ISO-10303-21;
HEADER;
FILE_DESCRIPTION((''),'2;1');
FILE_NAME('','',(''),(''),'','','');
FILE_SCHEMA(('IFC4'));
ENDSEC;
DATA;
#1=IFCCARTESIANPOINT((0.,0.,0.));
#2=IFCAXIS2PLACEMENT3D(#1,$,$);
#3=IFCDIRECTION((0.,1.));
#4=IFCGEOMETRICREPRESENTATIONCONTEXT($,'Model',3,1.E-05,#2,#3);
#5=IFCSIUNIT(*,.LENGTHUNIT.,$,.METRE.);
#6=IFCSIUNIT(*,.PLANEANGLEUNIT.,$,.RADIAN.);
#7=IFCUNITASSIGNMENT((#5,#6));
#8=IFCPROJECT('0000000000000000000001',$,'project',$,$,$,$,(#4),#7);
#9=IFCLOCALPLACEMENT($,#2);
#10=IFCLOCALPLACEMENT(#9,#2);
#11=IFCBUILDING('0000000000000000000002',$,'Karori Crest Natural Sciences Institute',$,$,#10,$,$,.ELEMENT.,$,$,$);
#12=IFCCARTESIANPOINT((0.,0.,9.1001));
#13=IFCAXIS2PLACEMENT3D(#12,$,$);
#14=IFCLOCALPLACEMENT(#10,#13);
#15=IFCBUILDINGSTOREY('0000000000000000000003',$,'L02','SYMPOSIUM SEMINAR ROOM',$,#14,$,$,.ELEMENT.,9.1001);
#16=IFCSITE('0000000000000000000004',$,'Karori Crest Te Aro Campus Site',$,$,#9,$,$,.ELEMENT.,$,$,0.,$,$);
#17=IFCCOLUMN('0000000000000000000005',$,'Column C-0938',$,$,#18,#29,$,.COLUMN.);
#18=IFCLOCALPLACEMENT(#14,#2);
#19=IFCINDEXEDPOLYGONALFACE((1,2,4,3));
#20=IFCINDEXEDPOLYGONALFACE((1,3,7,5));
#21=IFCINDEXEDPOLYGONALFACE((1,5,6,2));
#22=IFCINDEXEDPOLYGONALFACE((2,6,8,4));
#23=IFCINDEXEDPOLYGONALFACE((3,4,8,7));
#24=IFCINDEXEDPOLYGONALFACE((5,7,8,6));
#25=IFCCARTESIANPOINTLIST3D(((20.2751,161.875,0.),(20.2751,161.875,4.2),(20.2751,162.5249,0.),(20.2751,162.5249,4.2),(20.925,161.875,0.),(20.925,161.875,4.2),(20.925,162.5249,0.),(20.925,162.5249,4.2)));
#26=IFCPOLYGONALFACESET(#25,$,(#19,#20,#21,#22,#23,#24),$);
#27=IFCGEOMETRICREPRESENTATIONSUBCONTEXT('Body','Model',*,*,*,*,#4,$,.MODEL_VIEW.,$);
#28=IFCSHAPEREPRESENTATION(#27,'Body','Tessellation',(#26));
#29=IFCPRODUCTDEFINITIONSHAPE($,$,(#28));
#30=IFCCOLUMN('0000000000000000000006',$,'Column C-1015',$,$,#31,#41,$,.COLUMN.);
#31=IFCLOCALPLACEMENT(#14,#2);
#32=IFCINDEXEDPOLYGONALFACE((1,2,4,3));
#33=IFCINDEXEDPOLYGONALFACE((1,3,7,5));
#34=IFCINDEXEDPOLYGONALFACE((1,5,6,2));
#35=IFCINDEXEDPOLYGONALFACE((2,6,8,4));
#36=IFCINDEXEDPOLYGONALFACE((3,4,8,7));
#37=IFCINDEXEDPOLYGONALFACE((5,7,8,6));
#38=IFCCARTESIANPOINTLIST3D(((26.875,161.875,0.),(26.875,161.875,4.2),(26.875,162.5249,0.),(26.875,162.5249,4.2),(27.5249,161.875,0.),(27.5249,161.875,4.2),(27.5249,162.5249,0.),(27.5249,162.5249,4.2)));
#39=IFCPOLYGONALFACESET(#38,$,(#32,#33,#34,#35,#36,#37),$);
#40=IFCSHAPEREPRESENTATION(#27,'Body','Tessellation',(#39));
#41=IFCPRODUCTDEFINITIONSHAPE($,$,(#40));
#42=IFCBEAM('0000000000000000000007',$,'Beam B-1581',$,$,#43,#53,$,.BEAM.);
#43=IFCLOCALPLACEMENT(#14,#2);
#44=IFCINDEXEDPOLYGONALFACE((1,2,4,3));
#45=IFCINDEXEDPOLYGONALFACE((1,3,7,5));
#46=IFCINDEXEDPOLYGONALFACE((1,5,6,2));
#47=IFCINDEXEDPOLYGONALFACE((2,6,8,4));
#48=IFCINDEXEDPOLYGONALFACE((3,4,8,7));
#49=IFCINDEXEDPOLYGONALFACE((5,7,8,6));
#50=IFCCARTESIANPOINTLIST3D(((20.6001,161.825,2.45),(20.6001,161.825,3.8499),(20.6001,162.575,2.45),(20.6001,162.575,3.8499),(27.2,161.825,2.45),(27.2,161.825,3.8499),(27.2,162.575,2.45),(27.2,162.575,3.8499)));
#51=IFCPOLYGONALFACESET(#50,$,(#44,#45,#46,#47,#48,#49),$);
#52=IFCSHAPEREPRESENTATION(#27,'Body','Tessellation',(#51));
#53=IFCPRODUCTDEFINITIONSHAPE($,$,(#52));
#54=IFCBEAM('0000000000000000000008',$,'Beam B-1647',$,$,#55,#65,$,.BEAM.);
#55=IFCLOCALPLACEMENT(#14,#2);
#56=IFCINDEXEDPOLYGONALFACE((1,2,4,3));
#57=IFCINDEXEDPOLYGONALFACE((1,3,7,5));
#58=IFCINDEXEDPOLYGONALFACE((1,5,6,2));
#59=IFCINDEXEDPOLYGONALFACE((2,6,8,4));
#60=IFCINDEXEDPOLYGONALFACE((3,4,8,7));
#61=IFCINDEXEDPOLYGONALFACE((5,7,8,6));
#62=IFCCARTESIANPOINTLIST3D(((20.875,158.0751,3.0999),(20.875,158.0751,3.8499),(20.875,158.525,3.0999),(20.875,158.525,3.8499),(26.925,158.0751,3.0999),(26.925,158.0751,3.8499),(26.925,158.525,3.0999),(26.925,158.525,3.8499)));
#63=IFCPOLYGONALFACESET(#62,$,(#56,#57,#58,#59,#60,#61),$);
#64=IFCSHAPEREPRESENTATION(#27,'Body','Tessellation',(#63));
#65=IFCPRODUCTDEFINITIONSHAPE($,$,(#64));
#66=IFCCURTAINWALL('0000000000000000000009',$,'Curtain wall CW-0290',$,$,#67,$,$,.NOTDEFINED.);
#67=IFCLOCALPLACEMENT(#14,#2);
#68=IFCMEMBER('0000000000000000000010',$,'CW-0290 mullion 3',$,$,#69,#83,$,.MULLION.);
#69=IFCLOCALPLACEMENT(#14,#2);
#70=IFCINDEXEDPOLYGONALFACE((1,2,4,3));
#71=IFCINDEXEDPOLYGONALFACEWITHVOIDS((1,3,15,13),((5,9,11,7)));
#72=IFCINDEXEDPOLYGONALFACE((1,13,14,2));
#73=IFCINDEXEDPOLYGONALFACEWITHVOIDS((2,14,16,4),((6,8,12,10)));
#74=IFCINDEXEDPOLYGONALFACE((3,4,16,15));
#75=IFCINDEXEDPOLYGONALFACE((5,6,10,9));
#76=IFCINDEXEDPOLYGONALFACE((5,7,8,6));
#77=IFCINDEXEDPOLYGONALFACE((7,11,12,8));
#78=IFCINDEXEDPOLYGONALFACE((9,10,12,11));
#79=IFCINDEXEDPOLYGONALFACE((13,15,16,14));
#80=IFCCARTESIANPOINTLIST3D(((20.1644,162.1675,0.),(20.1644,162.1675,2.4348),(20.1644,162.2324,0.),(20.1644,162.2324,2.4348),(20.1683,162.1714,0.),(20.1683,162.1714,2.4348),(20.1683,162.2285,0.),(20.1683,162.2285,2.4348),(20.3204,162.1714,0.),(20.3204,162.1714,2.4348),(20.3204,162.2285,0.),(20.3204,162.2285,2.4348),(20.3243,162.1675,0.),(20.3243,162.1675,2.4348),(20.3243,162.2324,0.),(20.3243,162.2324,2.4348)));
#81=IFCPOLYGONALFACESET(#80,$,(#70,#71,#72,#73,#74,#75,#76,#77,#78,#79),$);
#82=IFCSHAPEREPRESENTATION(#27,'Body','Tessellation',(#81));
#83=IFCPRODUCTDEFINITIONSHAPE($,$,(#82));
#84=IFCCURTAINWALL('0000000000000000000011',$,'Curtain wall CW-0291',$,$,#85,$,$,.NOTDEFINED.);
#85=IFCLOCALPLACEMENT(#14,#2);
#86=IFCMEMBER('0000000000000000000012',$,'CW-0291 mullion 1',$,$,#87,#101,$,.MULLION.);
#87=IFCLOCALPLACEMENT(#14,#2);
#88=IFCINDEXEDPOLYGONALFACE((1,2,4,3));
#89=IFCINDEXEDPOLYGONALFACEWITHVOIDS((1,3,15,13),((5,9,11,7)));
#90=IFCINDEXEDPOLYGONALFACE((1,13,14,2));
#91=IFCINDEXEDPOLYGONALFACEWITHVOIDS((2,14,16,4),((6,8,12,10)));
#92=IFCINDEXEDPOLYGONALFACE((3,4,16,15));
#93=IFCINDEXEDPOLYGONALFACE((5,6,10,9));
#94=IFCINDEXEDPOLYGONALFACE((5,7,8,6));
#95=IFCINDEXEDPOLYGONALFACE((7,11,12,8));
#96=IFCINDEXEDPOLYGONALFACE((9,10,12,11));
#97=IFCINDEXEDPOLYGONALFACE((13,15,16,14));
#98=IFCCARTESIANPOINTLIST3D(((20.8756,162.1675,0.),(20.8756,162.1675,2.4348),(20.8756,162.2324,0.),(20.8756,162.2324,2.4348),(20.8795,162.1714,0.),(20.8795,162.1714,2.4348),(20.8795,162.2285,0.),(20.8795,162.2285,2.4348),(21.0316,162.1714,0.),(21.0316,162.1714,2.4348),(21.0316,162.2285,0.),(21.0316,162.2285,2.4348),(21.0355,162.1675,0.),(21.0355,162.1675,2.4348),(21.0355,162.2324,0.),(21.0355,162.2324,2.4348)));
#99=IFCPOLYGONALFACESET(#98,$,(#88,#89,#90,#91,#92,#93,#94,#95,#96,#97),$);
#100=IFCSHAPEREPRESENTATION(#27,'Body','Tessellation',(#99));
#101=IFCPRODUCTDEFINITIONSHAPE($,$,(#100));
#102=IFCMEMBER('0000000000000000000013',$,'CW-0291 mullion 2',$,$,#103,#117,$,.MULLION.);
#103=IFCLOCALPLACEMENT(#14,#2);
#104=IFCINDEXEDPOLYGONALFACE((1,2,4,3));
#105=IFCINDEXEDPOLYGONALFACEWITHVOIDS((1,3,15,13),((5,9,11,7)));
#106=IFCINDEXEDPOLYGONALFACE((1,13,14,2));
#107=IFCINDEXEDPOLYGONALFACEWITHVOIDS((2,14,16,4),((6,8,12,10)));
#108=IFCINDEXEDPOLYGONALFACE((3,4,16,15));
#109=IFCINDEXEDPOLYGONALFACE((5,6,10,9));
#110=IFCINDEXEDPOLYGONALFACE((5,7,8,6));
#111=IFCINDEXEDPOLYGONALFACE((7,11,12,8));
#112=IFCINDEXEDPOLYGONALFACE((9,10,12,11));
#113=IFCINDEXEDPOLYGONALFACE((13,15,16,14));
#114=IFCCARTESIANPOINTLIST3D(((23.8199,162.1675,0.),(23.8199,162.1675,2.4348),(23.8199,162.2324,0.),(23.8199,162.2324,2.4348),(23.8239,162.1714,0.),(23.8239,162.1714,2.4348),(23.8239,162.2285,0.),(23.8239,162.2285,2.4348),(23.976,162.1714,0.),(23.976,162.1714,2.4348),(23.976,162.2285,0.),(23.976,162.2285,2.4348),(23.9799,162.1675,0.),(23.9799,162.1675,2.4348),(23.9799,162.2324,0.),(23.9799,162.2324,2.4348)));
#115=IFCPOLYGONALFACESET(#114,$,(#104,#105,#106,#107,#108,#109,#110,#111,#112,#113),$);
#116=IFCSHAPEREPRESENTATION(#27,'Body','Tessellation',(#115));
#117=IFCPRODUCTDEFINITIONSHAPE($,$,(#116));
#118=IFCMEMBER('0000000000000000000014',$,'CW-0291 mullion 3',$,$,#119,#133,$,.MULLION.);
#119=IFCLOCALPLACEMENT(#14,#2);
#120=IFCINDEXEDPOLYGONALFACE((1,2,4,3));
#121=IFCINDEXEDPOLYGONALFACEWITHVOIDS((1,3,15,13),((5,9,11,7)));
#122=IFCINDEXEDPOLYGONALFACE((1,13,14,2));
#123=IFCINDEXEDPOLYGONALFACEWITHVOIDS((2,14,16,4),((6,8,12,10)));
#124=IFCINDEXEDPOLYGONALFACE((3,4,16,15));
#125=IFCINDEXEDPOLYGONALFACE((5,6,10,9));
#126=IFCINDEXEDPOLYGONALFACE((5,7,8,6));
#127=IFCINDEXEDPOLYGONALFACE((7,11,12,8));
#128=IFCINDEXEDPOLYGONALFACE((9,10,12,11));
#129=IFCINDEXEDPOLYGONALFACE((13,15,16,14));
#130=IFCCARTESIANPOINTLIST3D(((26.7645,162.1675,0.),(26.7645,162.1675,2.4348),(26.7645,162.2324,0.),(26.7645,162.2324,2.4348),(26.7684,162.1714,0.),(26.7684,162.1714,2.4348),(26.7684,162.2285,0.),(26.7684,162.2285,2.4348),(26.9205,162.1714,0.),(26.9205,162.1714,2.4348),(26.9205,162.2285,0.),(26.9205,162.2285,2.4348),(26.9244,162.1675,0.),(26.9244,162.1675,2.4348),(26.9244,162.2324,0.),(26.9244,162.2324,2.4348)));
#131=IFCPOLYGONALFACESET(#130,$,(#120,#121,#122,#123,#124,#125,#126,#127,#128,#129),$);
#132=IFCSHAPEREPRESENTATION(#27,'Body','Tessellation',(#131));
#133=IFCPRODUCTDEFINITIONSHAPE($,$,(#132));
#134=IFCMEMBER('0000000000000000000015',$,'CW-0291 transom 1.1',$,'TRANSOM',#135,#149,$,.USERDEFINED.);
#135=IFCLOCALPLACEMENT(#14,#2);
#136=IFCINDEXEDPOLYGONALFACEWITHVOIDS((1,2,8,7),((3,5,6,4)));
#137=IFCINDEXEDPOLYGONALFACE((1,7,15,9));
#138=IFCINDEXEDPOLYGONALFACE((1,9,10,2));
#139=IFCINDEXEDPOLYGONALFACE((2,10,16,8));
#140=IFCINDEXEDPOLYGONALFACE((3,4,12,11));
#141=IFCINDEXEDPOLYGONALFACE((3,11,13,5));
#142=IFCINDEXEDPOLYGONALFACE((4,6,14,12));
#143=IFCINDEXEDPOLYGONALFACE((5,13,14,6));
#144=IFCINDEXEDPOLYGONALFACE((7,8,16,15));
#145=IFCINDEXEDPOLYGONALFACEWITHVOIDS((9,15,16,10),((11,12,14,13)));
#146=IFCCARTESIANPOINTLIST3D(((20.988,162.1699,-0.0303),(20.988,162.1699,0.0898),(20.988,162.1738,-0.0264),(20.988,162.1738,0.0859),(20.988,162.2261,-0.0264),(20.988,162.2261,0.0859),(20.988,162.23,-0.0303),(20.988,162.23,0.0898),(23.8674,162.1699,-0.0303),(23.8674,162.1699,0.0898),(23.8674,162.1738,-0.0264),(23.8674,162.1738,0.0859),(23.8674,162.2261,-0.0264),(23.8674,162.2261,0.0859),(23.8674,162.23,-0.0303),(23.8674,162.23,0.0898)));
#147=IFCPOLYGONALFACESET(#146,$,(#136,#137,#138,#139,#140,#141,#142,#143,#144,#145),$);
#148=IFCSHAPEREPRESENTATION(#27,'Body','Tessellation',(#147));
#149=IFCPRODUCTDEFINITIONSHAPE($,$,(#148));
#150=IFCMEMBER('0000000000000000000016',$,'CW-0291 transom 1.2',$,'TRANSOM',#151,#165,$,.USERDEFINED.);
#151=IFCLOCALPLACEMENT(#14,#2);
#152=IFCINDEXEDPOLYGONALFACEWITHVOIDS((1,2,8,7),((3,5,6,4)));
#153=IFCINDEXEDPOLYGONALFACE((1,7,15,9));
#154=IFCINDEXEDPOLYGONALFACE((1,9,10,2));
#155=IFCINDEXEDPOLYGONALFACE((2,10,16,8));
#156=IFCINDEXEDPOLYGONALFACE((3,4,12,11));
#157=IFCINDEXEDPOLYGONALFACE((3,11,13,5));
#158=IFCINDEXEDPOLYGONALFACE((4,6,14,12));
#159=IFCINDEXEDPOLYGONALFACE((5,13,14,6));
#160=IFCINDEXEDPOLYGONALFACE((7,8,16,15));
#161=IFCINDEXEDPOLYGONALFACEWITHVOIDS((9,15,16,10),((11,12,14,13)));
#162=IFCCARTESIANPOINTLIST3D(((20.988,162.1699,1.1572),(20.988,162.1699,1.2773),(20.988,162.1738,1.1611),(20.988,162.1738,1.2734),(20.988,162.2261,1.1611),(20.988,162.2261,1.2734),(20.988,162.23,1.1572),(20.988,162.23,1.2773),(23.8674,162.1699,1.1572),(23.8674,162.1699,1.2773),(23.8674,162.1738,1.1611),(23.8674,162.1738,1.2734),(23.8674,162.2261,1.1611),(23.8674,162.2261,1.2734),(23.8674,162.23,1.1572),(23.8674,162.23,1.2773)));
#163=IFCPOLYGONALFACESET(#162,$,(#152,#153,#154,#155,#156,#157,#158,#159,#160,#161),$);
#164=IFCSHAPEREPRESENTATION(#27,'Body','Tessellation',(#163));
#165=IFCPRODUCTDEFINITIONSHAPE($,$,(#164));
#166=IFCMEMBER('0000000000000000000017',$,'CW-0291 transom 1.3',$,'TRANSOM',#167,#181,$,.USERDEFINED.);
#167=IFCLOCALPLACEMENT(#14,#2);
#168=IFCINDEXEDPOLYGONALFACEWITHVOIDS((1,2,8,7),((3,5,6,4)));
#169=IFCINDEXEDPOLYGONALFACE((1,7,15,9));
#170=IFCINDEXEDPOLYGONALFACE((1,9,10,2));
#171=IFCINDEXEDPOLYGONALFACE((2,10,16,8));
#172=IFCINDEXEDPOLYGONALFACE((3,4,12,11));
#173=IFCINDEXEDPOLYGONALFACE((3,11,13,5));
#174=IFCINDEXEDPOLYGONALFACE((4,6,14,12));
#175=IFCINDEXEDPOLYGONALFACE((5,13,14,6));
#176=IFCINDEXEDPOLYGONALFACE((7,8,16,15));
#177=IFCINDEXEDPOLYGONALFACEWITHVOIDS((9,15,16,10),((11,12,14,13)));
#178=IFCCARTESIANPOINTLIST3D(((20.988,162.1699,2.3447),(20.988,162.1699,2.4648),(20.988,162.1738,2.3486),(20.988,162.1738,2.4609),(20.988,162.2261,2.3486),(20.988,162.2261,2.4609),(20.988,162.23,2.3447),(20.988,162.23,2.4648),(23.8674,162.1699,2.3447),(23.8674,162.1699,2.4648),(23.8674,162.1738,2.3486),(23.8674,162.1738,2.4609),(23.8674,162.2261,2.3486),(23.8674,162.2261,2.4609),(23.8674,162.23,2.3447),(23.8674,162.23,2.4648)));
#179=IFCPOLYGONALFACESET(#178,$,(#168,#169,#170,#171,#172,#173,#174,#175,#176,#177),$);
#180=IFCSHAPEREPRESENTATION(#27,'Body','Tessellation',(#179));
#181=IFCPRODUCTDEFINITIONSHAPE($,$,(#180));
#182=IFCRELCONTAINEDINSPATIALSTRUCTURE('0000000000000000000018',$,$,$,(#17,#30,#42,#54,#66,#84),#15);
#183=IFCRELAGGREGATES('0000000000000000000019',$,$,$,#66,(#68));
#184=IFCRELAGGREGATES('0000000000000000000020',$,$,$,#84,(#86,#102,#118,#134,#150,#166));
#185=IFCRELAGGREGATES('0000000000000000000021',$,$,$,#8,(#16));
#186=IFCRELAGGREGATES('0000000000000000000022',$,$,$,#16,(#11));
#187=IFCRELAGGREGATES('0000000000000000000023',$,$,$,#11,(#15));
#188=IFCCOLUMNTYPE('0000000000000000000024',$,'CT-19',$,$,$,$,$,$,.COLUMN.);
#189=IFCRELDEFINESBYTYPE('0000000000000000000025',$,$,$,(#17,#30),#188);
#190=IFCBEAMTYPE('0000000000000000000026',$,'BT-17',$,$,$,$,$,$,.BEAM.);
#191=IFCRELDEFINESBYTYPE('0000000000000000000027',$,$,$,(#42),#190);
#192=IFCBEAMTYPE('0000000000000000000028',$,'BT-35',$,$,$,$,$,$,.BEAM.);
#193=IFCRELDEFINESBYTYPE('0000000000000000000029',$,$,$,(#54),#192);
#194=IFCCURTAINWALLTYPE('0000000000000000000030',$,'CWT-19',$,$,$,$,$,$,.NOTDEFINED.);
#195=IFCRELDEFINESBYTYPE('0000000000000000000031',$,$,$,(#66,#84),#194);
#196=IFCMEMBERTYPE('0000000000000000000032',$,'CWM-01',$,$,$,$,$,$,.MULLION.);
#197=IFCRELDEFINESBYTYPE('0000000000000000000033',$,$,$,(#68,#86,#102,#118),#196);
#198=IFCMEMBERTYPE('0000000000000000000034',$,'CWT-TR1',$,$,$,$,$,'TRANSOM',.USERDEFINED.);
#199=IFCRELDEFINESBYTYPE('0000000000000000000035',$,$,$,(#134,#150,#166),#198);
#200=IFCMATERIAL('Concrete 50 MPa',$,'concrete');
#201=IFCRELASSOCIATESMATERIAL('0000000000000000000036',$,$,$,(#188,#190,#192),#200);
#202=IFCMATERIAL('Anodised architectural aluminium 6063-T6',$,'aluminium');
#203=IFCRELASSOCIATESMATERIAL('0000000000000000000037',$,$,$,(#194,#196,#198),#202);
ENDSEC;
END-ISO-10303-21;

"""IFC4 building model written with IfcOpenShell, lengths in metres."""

from ifc_helpers import new_model, si_unit, direction, frame, origin, origin_2d, place, context, subcontext, project, spatial, rectangle, hollow_rectangle, extrude, material, material_profile, profile_set, type_object, element, aggregate, save


model = new_model("IFC4")

# Units and contexts
model_context = context("Model", 3, precision=1e-05, world=origin(), true_north=direction((0.0, 1.0)))
body_context = subcontext(model_context, "Body", "Model", "MODEL_VIEW")
ifc_project = project(units=[si_unit("LENGTHUNIT", "METRE"), si_unit("PLANEANGLEUNIT", "RADIAN")], contexts=[model_context])

# Site, building, storey
site_placement = place(None, origin())
site = spatial("IfcSite", under=ifc_project, at=site_placement, Name="Karori Crest Te Aro Campus Site", CompositionType="ELEMENT", RefElevation=0.0)
building_placement = place(site_placement, origin())
building = spatial("IfcBuilding", under=site, at=building_placement, Name="Karori Crest Natural Sciences Institute", CompositionType="ELEMENT")
storey_placement = place(building_placement, frame((0.0, 0.0, 9.1001)))
storey = spatial("IfcBuildingStorey", under=building, at=storey_placement, Name="L02", Description="SYMPOSIUM SEMINAR ROOM", CompositionType="ELEMENT", Elevation=9.1001)

# Columns
ifc_material_1 = material(Name="Concrete 50 MPa", Category="concrete")
ifc_material_profile_1 = material_profile(ifc_material_1, rectangle(XDim=0.6499, YDim=0.6499, at=origin_2d()), Name="RC650x650")
ifc_profile_set_1 = profile_set([ifc_material_profile_1], Name="Concrete 50 MPa")
column_type = type_object("IfcColumnType", Name="CT-19", PredefinedType="COLUMN", material=ifc_profile_set_1)
for number, where, z_axis, x_axis, name in (
    (1, (20.6001, 162.2, 0.0), (0.0, 0.0, 1.0), (1.0, 0.0, 0.0), "Column C-0938"),
    (2, (27.2, 162.2, 0.0), (0.0, 0.0, 1.0), (1.0, 0.0, 0.0), "Column C-1015"),
):
    element("IfcColumn", number, at=place(storey_placement, frame(where, z_axis=z_axis, x_axis=x_axis)), inside=storey, type_object=column_type, Name=name, PredefinedType="COLUMN", context=body_context, shape_type="SweptSolid", body=[
        extrude(rectangle(XDim=0.6499, YDim=0.6499, at=origin_2d()), origin(), (0.0, 0.0, 1.0), 4.2),
    ])

# Beams
ifc_material_profile_2 = material_profile(ifc_material_1, rectangle(XDim=0.75, YDim=1.3999, at=origin_2d()), Name="RCB750x1400")
ifc_profile_set_2 = profile_set([ifc_material_profile_2], Name="Concrete 50 MPa")
beam_type_1 = type_object("IfcBeamType", Name="BT-17", PredefinedType="BEAM", material=ifc_profile_set_2)
beam_1_placement = place(storey_placement, frame((20.6001, 162.2, 3.1499), z_axis=(1.0, 0.0, 0.0), x_axis=(0.0, 1.0, 0.0)))
element("IfcBeam", 3, at=beam_1_placement, inside=storey, type_object=beam_type_1, Name="Beam B-1581", PredefinedType="BEAM", context=body_context, shape_type="SweptSolid", body=[
    extrude(rectangle(XDim=0.75, YDim=1.3999, at=origin_2d()), origin(), (0.0, 0.0, 1.0), 6.5999),
])
ifc_material_profile_3 = material_profile(ifc_material_1, rectangle(XDim=0.45, YDim=0.75, at=origin_2d()), Name="RCB450x750")
ifc_profile_set_3 = profile_set([ifc_material_profile_3], Name="Concrete 50 MPa")
beam_type_2 = type_object("IfcBeamType", Name="BT-35", PredefinedType="BEAM", material=ifc_profile_set_3)
beam_2_placement = place(storey_placement, frame((20.875, 158.3, 3.4749), z_axis=(1.0, 0.0, 0.0), x_axis=(0.0, 1.0, 0.0)))
element("IfcBeam", 4, at=beam_2_placement, inside=storey, type_object=beam_type_2, Name="Beam B-1647", PredefinedType="BEAM", context=body_context, shape_type="SweptSolid", body=[
    extrude(rectangle(XDim=0.45, YDim=0.75, at=origin_2d()), origin(), (0.0, 0.0, 1.0), 6.05),
])

# Curtain wall, member
ifc_material_2 = material(Name="Anodised architectural aluminium 6063-T6", Category="aluminium")
curtain_wall_type = type_object("IfcCurtainWallType", Name="CWT-19", PredefinedType="NOTDEFINED", material=ifc_material_2)
curtain_wall_1_placement = place(storey_placement, origin())
curtain_wall_1 = element("IfcCurtainWall", 5, at=curtain_wall_1_placement, inside=storey, type_object=curtain_wall_type, Name="Curtain wall CW-0290", PredefinedType="NOTDEFINED")
ifc_material_profile_4 = material_profile(ifc_material_2, hollow_rectangle(XDim=0.0649, YDim=0.1599, WallThickness=0.0039, at=origin_2d()), Name="CWM160x65x4")
ifc_profile_set_4 = profile_set([ifc_material_profile_4], Name="Anodised architectural aluminium 6063-T6")
member_type_1 = type_object("IfcMemberType", Name="CWM-01", PredefinedType="MULLION", material=ifc_profile_set_4)
member_1_placement = place(storey_placement, frame((20.2444, 162.2, 0.0), z_axis=(0.0, 0.0, 1.0), x_axis=(0.0, 1.0, 0.0)))
member_1 = element("IfcMember", 6, at=member_1_placement, type_object=member_type_1, Name="CW-0290 mullion 3", PredefinedType="MULLION", context=body_context, shape_type="SweptSolid", body=[
    extrude(hollow_rectangle(XDim=0.0649, YDim=0.1599, WallThickness=0.0039, at=origin_2d()), origin(), (0.0, 0.0, 1.0), 2.4348),
])

# Curtain wall, members
curtain_wall_2_placement = place(storey_placement, origin())
curtain_wall_2 = element("IfcCurtainWall", 7, at=curtain_wall_2_placement, inside=storey, type_object=curtain_wall_type, Name="Curtain wall CW-0291", PredefinedType="NOTDEFINED")
member_2_placement = place(storey_placement, frame((20.9556, 162.2, 0.0), z_axis=(0.0, 0.0, 1.0), x_axis=(0.0, 1.0, 0.0)))
member_2 = element("IfcMember", 8, at=member_2_placement, type_object=member_type_1, Name="CW-0291 mullion 1", PredefinedType="MULLION", context=body_context, shape_type="SweptSolid", body=[
    extrude(hollow_rectangle(XDim=0.0649, YDim=0.1599, WallThickness=0.0039, at=origin_2d()), origin(), (0.0, 0.0, 1.0), 2.4348),
])
member_3_placement = place(storey_placement, frame((23.8999, 162.2, 0.0), z_axis=(0.0, 0.0, 1.0), x_axis=(0.0, 1.0, 0.0)))
member_3 = element("IfcMember", 9, at=member_3_placement, type_object=member_type_1, Name="CW-0291 mullion 2", PredefinedType="MULLION", context=body_context, shape_type="SweptSolid", body=[
    extrude(hollow_rectangle(XDim=0.0649, YDim=0.1599, WallThickness=0.0039, at=origin_2d()), origin(), (0.0, 0.0, 1.0), 2.4348),
])
member_4_placement = place(storey_placement, frame((26.8445, 162.2, 0.0), z_axis=(0.0, 0.0, 1.0), x_axis=(0.0, 1.0, 0.0)))
member_4 = element("IfcMember", 10, at=member_4_placement, type_object=member_type_1, Name="CW-0291 mullion 3", PredefinedType="MULLION", context=body_context, shape_type="SweptSolid", body=[
    extrude(hollow_rectangle(XDim=0.0649, YDim=0.1599, WallThickness=0.0039, at=origin_2d()), origin(), (0.0, 0.0, 1.0), 2.4348),
])
ifc_material_profile_5 = material_profile(ifc_material_2, hollow_rectangle(XDim=0.0601, YDim=0.1201, WallThickness=0.0039, at=origin_2d()), Name="CWT120x60x4")
ifc_profile_set_5 = profile_set([ifc_material_profile_5], Name="Anodised architectural aluminium 6063-T6")
member_type_2 = type_object("IfcMemberType", Name="CWT-TR1", ElementType="TRANSOM", PredefinedType="USERDEFINED", material=ifc_profile_set_5)
member_5_placement = place(storey_placement, frame((20.988, 162.2, 0.0298), z_axis=(1.0, 0.0, 0.0), x_axis=(0.0, 1.0, 0.0)))
member_5 = element("IfcMember", 11, at=member_5_placement, type_object=member_type_2, Name="CW-0291 transom 1.1", ObjectType="TRANSOM", PredefinedType="USERDEFINED", context=body_context, shape_type="SweptSolid", body=[
    extrude(hollow_rectangle(XDim=0.0601, YDim=0.1201, WallThickness=0.0039, at=origin_2d()), origin(), (0.0, 0.0, 1.0), 2.8794),
])
member_6_placement = place(storey_placement, frame((20.988, 162.2, 1.2173), z_axis=(1.0, 0.0, 0.0), x_axis=(0.0, 1.0, 0.0)))
member_6 = element("IfcMember", 12, at=member_6_placement, type_object=member_type_2, Name="CW-0291 transom 1.2", ObjectType="TRANSOM", PredefinedType="USERDEFINED", context=body_context, shape_type="SweptSolid", body=[
    extrude(hollow_rectangle(XDim=0.0601, YDim=0.1201, WallThickness=0.0039, at=origin_2d()), origin(), (0.0, 0.0, 1.0), 2.8794),
])
member_7_placement = place(storey_placement, frame((20.988, 162.2, 2.4048), z_axis=(1.0, 0.0, 0.0), x_axis=(0.0, 1.0, 0.0)))
member_7 = element("IfcMember", 13, at=member_7_placement, type_object=member_type_2, Name="CW-0291 transom 1.3", ObjectType="TRANSOM", PredefinedType="USERDEFINED", context=body_context, shape_type="SweptSolid", body=[
    extrude(hollow_rectangle(XDim=0.0601, YDim=0.1201, WallThickness=0.0039, at=origin_2d()), origin(), (0.0, 0.0, 1.0), 2.8794),
])

aggregate(curtain_wall_1, [member_1])
aggregate(curtain_wall_2, [member_2, member_3, member_4, member_5, member_6, member_7])

save(model, "model.ifc")
